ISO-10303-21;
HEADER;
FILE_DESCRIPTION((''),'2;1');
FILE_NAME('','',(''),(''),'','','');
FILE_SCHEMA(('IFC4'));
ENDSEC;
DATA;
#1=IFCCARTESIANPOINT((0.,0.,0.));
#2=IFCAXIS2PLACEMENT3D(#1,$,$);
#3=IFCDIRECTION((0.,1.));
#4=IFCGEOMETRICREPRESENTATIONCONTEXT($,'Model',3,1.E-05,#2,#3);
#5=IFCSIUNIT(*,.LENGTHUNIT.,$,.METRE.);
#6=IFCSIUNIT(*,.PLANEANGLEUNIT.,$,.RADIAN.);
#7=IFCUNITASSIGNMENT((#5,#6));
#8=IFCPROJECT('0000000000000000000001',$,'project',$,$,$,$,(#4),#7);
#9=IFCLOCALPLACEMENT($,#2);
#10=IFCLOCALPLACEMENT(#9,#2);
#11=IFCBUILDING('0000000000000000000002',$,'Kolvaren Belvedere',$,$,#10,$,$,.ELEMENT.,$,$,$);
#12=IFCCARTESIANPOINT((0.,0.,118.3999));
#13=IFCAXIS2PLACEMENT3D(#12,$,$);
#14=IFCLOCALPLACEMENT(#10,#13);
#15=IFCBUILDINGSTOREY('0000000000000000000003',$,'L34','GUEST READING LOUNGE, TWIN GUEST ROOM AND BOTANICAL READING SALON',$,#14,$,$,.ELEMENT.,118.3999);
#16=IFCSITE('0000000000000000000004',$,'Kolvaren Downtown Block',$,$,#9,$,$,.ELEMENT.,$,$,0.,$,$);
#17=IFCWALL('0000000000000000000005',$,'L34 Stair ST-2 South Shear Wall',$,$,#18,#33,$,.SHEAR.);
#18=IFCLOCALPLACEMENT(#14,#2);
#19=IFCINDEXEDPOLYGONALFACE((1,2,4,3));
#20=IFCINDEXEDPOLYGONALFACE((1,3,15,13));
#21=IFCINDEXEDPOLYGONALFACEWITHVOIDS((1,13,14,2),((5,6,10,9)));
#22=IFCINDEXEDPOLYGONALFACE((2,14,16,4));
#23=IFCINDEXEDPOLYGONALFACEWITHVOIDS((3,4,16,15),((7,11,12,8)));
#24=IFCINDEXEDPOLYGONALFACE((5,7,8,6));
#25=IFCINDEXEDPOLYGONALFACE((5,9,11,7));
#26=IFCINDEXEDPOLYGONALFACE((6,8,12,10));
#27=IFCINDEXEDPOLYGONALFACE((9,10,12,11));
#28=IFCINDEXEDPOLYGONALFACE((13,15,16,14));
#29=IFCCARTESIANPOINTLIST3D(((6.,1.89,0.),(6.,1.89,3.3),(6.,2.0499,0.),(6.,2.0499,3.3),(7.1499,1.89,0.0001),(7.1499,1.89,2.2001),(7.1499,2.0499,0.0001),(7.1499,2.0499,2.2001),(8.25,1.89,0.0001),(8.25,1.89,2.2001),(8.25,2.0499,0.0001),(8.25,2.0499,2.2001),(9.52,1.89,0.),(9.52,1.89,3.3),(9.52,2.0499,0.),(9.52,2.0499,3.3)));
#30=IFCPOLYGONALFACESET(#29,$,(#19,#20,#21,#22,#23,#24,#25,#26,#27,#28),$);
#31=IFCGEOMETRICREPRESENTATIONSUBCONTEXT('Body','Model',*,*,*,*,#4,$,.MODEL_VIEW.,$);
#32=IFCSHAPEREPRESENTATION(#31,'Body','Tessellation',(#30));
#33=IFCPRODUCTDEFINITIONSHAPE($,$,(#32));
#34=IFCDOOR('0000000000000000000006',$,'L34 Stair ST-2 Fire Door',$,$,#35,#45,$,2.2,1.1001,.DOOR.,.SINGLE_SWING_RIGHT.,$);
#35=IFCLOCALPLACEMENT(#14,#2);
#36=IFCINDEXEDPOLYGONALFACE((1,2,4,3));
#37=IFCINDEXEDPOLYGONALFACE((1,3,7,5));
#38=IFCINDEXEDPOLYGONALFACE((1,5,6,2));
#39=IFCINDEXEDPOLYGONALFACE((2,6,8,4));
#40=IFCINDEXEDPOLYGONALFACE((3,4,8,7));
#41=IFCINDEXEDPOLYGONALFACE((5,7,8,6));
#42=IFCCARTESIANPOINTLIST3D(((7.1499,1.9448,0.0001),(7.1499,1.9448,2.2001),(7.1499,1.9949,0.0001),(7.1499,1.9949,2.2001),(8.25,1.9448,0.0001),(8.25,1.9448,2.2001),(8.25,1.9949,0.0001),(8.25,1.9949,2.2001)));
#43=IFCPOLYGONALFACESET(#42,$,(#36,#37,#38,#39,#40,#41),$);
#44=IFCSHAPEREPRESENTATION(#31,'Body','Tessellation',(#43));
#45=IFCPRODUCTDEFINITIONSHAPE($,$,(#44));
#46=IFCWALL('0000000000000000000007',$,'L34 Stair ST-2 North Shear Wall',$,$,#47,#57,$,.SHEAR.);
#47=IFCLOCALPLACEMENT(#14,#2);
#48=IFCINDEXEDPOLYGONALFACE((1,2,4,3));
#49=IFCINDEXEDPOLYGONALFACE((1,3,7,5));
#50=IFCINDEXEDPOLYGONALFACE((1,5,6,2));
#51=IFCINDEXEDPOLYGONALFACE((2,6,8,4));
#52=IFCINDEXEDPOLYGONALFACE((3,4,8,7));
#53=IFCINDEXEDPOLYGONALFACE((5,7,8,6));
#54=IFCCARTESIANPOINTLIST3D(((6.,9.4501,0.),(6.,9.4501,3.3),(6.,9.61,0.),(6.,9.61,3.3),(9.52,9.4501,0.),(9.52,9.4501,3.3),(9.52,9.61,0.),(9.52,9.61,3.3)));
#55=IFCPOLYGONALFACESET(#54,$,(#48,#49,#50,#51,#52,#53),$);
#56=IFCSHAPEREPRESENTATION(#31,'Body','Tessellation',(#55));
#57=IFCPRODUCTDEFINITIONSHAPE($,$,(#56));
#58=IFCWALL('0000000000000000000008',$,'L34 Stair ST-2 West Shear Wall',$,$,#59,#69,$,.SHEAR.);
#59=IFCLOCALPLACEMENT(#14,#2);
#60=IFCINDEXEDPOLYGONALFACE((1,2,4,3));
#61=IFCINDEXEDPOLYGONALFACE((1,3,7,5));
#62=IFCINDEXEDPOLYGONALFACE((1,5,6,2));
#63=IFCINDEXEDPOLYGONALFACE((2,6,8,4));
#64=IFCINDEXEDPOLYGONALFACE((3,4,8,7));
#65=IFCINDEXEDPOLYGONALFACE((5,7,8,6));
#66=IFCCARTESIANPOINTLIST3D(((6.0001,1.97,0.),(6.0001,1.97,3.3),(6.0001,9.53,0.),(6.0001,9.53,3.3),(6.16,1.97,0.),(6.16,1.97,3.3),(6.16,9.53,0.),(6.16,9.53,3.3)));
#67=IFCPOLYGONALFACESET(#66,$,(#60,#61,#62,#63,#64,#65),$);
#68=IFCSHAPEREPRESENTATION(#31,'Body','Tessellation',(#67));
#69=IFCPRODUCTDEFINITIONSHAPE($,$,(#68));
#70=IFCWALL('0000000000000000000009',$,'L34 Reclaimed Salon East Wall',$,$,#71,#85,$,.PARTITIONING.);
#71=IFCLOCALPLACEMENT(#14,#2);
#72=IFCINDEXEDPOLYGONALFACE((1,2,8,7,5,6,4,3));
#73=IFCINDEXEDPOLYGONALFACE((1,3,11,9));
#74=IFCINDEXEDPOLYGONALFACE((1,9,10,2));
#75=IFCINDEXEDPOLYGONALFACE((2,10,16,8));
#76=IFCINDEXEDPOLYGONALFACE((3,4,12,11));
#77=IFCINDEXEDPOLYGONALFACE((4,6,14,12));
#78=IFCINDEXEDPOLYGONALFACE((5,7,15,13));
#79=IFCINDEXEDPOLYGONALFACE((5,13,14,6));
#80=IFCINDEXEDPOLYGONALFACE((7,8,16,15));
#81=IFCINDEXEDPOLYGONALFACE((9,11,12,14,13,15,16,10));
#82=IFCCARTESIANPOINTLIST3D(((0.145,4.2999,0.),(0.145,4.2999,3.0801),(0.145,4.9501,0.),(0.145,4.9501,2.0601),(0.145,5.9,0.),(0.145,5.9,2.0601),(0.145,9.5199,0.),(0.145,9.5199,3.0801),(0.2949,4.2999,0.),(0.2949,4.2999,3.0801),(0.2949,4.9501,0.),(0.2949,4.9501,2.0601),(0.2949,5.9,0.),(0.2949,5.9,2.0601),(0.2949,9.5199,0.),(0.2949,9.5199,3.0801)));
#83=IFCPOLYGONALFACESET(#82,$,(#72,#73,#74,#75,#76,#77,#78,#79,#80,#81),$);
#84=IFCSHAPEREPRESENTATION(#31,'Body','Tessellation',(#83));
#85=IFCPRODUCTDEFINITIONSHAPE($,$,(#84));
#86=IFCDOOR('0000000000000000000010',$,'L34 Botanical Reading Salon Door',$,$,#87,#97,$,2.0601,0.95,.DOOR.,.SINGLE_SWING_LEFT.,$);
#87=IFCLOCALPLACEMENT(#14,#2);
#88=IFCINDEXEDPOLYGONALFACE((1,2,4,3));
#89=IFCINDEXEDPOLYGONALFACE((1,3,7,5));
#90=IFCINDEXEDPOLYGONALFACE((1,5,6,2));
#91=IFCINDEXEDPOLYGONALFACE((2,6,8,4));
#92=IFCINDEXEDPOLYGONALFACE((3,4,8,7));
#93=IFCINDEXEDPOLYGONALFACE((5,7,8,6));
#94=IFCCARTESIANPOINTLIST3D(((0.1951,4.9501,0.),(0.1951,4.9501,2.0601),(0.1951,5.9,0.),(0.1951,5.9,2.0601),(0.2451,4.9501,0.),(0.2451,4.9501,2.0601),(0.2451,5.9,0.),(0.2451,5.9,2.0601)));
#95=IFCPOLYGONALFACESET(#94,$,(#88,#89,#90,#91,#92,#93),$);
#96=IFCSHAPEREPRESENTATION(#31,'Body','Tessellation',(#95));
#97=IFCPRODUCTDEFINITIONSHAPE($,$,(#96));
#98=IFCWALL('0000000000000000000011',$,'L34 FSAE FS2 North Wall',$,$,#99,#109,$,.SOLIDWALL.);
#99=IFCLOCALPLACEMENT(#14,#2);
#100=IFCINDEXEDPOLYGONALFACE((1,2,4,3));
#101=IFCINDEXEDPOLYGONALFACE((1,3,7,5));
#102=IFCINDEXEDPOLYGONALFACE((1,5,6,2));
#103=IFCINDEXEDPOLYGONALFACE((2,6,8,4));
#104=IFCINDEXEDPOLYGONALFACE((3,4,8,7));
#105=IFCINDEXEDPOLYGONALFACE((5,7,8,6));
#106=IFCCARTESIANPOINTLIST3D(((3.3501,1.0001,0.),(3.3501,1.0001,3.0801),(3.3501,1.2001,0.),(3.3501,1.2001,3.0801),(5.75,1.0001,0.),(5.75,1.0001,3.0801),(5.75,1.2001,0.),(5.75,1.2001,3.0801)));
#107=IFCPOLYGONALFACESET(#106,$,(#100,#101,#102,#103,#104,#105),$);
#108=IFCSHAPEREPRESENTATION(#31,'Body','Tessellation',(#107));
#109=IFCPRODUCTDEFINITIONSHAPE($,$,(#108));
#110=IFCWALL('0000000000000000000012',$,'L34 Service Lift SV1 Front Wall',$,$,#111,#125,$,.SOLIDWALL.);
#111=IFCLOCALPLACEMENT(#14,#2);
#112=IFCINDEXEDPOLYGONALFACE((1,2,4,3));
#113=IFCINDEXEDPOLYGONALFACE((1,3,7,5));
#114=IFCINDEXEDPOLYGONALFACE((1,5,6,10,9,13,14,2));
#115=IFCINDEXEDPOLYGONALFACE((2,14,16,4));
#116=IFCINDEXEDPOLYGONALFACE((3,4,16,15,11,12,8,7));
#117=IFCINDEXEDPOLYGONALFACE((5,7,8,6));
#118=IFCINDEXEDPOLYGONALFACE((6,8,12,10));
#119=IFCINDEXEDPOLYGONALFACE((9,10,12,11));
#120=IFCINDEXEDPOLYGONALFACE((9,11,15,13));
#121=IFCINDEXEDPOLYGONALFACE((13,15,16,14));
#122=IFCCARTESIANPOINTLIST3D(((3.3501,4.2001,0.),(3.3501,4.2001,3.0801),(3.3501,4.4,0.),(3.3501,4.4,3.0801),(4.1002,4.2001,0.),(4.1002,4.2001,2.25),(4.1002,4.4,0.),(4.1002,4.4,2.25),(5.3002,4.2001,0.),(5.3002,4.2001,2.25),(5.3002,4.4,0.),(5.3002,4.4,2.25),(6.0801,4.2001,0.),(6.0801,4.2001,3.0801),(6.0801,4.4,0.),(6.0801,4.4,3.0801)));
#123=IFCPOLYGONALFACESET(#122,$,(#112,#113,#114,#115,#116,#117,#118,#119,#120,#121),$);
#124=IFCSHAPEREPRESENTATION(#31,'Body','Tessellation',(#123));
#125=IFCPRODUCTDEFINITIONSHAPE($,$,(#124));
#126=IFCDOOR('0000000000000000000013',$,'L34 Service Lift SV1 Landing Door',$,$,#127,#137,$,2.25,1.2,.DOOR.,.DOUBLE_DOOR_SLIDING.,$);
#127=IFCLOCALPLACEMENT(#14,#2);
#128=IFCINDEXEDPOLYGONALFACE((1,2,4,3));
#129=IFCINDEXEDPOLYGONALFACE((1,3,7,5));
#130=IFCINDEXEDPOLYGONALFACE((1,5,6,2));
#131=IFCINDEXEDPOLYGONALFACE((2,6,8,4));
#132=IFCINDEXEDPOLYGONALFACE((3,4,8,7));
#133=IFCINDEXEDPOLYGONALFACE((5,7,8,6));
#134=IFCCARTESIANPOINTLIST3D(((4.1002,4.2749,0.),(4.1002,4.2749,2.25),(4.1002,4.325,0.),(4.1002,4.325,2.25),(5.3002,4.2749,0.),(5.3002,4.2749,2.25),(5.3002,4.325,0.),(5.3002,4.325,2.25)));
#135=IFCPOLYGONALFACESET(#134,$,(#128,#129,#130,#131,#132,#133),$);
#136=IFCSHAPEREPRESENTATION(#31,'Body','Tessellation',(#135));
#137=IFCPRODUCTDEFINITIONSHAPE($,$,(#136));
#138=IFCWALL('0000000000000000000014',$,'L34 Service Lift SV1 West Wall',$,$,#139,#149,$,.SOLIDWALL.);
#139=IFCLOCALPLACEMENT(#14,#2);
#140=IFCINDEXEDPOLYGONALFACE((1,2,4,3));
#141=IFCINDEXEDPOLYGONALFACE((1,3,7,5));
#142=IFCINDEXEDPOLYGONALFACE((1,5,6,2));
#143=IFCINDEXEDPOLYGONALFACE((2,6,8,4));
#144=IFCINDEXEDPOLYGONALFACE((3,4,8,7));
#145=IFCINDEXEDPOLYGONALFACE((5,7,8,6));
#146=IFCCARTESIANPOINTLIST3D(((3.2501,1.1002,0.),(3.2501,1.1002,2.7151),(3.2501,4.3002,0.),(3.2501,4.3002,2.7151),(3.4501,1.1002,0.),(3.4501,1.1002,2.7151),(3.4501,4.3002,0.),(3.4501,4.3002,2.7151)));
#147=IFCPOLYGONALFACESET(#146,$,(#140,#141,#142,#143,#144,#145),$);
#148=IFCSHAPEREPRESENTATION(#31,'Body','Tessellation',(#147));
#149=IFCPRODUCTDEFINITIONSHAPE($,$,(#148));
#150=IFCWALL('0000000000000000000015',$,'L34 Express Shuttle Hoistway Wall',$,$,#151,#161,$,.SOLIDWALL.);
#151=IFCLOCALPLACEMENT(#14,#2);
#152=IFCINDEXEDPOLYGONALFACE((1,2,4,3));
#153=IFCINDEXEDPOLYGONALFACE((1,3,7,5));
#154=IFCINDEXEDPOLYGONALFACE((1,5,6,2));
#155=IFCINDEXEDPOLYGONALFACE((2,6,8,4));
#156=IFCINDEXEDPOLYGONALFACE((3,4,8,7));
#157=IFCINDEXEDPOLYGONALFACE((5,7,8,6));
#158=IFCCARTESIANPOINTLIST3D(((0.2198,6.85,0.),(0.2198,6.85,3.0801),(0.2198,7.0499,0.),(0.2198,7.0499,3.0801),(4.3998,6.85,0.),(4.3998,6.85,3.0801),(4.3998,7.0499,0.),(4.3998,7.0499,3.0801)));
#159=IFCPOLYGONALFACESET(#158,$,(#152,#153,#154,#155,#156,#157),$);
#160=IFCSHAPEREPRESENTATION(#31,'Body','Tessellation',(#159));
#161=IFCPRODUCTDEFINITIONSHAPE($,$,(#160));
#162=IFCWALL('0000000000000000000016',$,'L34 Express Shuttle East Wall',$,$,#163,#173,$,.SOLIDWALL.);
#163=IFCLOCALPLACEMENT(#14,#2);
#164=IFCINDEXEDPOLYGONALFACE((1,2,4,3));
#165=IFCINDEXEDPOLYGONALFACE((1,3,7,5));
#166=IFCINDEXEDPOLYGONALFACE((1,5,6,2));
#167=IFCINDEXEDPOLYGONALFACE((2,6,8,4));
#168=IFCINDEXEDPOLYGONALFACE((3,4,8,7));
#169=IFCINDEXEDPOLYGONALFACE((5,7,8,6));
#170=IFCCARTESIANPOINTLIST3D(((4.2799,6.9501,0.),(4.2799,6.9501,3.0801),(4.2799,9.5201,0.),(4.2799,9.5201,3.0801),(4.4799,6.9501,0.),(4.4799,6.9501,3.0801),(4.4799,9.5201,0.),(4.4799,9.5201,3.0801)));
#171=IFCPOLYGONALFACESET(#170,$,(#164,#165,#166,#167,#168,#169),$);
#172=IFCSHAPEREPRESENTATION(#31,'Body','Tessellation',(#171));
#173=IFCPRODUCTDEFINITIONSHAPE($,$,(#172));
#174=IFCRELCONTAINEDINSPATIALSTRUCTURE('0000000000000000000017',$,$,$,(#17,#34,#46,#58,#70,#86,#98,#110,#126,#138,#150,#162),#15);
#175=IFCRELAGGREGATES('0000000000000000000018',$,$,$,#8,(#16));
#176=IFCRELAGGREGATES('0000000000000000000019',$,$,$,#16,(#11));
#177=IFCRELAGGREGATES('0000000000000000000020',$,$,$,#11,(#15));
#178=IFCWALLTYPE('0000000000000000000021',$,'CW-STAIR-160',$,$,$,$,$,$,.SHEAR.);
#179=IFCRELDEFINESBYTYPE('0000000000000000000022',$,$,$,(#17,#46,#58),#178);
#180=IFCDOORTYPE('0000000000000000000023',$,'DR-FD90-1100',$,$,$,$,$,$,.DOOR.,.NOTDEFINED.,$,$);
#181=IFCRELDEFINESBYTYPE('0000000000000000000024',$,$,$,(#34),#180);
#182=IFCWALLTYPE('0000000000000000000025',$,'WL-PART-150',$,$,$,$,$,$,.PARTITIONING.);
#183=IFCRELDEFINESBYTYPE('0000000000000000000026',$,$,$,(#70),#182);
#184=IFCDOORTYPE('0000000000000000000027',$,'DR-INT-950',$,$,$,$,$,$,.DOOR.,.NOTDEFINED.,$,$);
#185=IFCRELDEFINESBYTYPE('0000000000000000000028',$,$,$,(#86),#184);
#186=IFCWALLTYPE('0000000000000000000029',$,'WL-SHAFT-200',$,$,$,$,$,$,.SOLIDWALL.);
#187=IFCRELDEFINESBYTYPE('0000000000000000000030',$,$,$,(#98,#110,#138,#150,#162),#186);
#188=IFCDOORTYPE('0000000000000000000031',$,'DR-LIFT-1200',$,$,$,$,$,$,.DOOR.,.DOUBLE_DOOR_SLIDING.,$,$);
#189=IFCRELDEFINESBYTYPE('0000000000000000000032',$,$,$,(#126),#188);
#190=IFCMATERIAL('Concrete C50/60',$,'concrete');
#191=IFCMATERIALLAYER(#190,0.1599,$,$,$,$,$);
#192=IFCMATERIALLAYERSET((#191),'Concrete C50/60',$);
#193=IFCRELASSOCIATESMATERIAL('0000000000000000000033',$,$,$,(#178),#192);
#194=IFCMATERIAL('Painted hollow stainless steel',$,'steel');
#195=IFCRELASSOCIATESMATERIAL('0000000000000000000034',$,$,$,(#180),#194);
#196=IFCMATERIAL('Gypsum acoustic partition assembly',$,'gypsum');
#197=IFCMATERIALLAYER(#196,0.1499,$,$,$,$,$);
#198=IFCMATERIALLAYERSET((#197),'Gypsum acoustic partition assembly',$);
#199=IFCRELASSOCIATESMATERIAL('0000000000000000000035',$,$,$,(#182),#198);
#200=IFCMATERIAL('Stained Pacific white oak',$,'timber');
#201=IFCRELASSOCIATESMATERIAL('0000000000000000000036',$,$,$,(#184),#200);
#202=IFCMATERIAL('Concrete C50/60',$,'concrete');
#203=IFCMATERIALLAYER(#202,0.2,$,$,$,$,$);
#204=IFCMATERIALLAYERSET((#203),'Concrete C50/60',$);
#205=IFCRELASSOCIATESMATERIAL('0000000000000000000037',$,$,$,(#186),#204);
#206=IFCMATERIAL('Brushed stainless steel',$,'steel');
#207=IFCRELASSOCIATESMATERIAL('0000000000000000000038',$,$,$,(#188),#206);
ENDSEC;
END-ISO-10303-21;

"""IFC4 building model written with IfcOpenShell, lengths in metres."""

from ifc_helpers import new_model, si_unit, direction, frame, frame_2d, origin, place, context, subcontext, project, spatial, rectangle, extrude, material, layer, layer_set, type_object, element, fill, save


model = new_model("IFC4")

# Units and contexts
model_context = context("Model", 3, precision=1e-05, world=origin(), true_north=direction((0.0, 1.0)))
body_context = subcontext(model_context, "Body", "Model", "MODEL_VIEW")
ifc_project = project(units=[si_unit("LENGTHUNIT", "METRE"), si_unit("PLANEANGLEUNIT", "RADIAN")], contexts=[model_context])

# Site, building, storey
site_placement = place(None, origin())
site = spatial("IfcSite", under=ifc_project, at=site_placement, Name="Kolvaren Downtown Block", CompositionType="ELEMENT", RefElevation=0.0)
building_placement = place(site_placement, origin())
building = spatial("IfcBuilding", under=site, at=building_placement, Name="Kolvaren Belvedere", CompositionType="ELEMENT")
storey_placement = place(building_placement, frame((0.0, 0.0, 118.3999)))
storey = spatial("IfcBuildingStorey", under=building, at=storey_placement, Name="L34", Description="GUEST READING LOUNGE, TWIN GUEST ROOM AND BOTANICAL READING SALON", CompositionType="ELEMENT", Elevation=118.3999)

# Wall, opening, door
ifc_material_1 = material(Name="Concrete C50/60", Category="concrete")
ifc_layer_1 = layer(ifc_material_1, 0.1599)
ifc_layer_set_1 = layer_set([ifc_layer_1], Name="Concrete C50/60")
wall_type_1 = type_object("IfcWallType", Name="CW-STAIR-160", PredefinedType="SHEAR", material=ifc_layer_set_1)
wall_1_placement = place(storey_placement, frame((6.0, 1.97, 0.0), z_axis=(0.0, 0.0, 1.0), x_axis=(1.0, 0.0, 0.0)))
wall_1 = element("IfcWall", 1, at=wall_1_placement, inside=storey, type_object=wall_type_1, Name="L34 Stair ST-2 South Shear Wall", PredefinedType="SHEAR", context=body_context, shape_type="SweptSolid", body=[
    extrude(rectangle(XDim=3.52, YDim=0.1599, at=frame_2d((1.76, 0.0))), origin(), (0.0, 0.0, 1.0), 3.3),
])
opening_1_placement = place(wall_1_placement, frame((1.1499, 0.0, 0.0)))
opening_1 = element("IfcOpeningElement", 2, at=opening_1_placement, cuts=wall_1, PredefinedType="OPENING", context=body_context, shape_type="SweptSolid", body=[
    extrude(rectangle(XDim=1.1001, YDim=2.2, at=frame_2d((0.55, 1.1001))), frame((0.0, 0.0898, 0.0), z_axis=(0.0, -1.0, 0.0), x_axis=(1.0, 0.0, 0.0)), (0.0, 0.0, 1.0), 0.1799),
])
ifc_material_2 = material(Name="Painted hollow stainless steel", Category="steel")
door_type_1 = type_object("IfcDoorType", Name="DR-FD90-1100", OperationType="NOTDEFINED", PredefinedType="DOOR", material=ifc_material_2)
door_1_placement = place(opening_1_placement, origin())
door_1 = element("IfcDoor", 3, at=door_1_placement, inside=storey, type_object=door_type_1, Name="L34 Stair ST-2 Fire Door", OperationType="SINGLE_SWING_RIGHT", OverallHeight=2.2, OverallWidth=1.1001, PredefinedType="DOOR", context=body_context, shape_type="SweptSolid", body=[
    extrude(rectangle(XDim=1.1001, YDim=2.2, at=frame_2d((0.55, 1.1001))), frame((0.0, 0.0249, 0.0), z_axis=(0.0, -1.0, 0.0), x_axis=(1.0, 0.0, 0.0)), (0.0, 0.0, 1.0), 0.05),
])
fill(opening_1, door_1)

# Walls
wall_2_placement = place(storey_placement, frame((6.0, 9.53, 0.0), z_axis=(0.0, 0.0, 1.0), x_axis=(1.0, 0.0, 0.0)))
element("IfcWall", 4, at=wall_2_placement, inside=storey, type_object=wall_type_1, Name="L34 Stair ST-2 North Shear Wall", PredefinedType="SHEAR", context=body_context, shape_type="SweptSolid", body=[
    extrude(rectangle(XDim=3.52, YDim=0.1599, at=frame_2d((1.76, 0.0))), origin(), (0.0, 0.0, 1.0), 3.3),
])
wall_3_placement = place(storey_placement, frame((6.0801, 1.97, 0.0), z_axis=(0.0, 0.0, 1.0), x_axis=(0.0, 1.0, 0.0)))
element("IfcWall", 5, at=wall_3_placement, inside=storey, type_object=wall_type_1, Name="L34 Stair ST-2 West Shear Wall", PredefinedType="SHEAR", context=body_context, shape_type="SweptSolid", body=[
    extrude(rectangle(XDim=7.5601, YDim=0.1599, at=frame_2d((3.78, 0.0))), origin(), (0.0, 0.0, 1.0), 3.3),
])

# Wall, opening, door
ifc_material_3 = material(Name="Gypsum acoustic partition assembly", Category="gypsum")
ifc_layer_2 = layer(ifc_material_3, 0.1499)
ifc_layer_set_2 = layer_set([ifc_layer_2], Name="Gypsum acoustic partition assembly")
wall_type_2 = type_object("IfcWallType", Name="WL-PART-150", PredefinedType="PARTITIONING", material=ifc_layer_set_2)
wall_4_placement = place(storey_placement, frame((0.22, 4.3, 0.0), z_axis=(0.0, 0.0, 1.0), x_axis=(0.0, 1.0, 0.0)))
wall_4 = element("IfcWall", 6, at=wall_4_placement, inside=storey, type_object=wall_type_2, Name="L34 Reclaimed Salon East Wall", PredefinedType="PARTITIONING", context=body_context, shape_type="SweptSolid", body=[
    extrude(rectangle(XDim=5.22, YDim=0.1499, at=frame_2d((2.6099, 0.0))), origin(), (0.0, 0.0, 1.0), 3.0801),
])
opening_2_placement = place(wall_4_placement, frame((0.6499, 0.0, 0.0)))
opening_2 = element("IfcOpeningElement", 7, at=opening_2_placement, cuts=wall_4, PredefinedType="OPENING", context=body_context, shape_type="SweptSolid", body=[
    extrude(rectangle(XDim=0.95, YDim=2.0601, at=frame_2d((0.4751, 1.03))), frame((0.0, 0.085, 0.0), z_axis=(0.0, -1.0, 0.0), x_axis=(1.0, 0.0, 0.0)), (0.0, 0.0, 1.0), 0.1699),
])
ifc_material_4 = material(Name="Stained Pacific white oak", Category="timber")
door_type_2 = type_object("IfcDoorType", Name="DR-INT-950", OperationType="NOTDEFINED", PredefinedType="DOOR", material=ifc_material_4)
door_2_placement = place(opening_2_placement, origin())
door_2 = element("IfcDoor", 8, at=door_2_placement, inside=storey, type_object=door_type_2, Name="L34 Botanical Reading Salon Door", OperationType="SINGLE_SWING_LEFT", OverallHeight=2.0601, OverallWidth=0.95, PredefinedType="DOOR", context=body_context, shape_type="SweptSolid", body=[
    extrude(rectangle(XDim=0.95, YDim=2.0601, at=frame_2d((0.4751, 1.03))), frame((0.0, 0.0249, 0.0), z_axis=(0.0, -1.0, 0.0), x_axis=(1.0, 0.0, 0.0)), (0.0, 0.0, 1.0), 0.05),
])
fill(opening_2, door_2)

# Wall
ifc_material_5 = material(Name="Concrete C50/60", Category="concrete")
ifc_layer_3 = layer(ifc_material_5, 0.2)
ifc_layer_set_3 = layer_set([ifc_layer_3], Name="Concrete C50/60")
wall_type_3 = type_object("IfcWallType", Name="WL-SHAFT-200", PredefinedType="SOLIDWALL", material=ifc_layer_set_3)
wall_5_placement = place(storey_placement, frame((3.3501, 1.1001, 0.0), z_axis=(0.0, 0.0, 1.0), x_axis=(1.0, 0.0, 0.0)))
element("IfcWall", 9, at=wall_5_placement, inside=storey, type_object=wall_type_3, Name="L34 FSAE FS2 North Wall", PredefinedType="SOLIDWALL", context=body_context, shape_type="SweptSolid", body=[
    extrude(rectangle(XDim=2.3999, YDim=0.2, at=frame_2d((1.2, 0.0))), origin(), (0.0, 0.0, 1.0), 3.0801),
])

# Wall, opening, door
wall_6_placement = place(storey_placement, frame((3.3501, 4.3, 0.0), z_axis=(0.0, 0.0, 1.0), x_axis=(1.0, 0.0, 0.0)))
wall_6 = element("IfcWall", 10, at=wall_6_placement, inside=storey, type_object=wall_type_3, Name="L34 Service Lift SV1 Front Wall", PredefinedType="SOLIDWALL", context=body_context, shape_type="SweptSolid", body=[
    extrude(rectangle(XDim=2.73, YDim=0.2, at=frame_2d((1.365, 0.0))), origin(), (0.0, 0.0, 1.0), 3.0801),
])
opening_3_placement = place(wall_6_placement, frame((0.75, 0.0, 0.0)))
opening_3 = element("IfcOpeningElement", 11, at=opening_3_placement, cuts=wall_6, PredefinedType="OPENING", context=body_context, shape_type="SweptSolid", body=[
    extrude(rectangle(XDim=1.2, YDim=2.25, at=frame_2d((0.6001, 1.125))), frame((0.0, 0.1099, 0.0), z_axis=(0.0, -1.0, 0.0), x_axis=(1.0, 0.0, 0.0)), (0.0, 0.0, 1.0), 0.22),
])
ifc_material_6 = material(Name="Brushed stainless steel", Category="steel")
door_type_3 = type_object("IfcDoorType", Name="DR-LIFT-1200", OperationType="DOUBLE_DOOR_SLIDING", PredefinedType="DOOR", material=ifc_material_6)
door_3_placement = place(opening_3_placement, origin())
door_3 = element("IfcDoor", 12, at=door_3_placement, inside=storey, type_object=door_type_3, Name="L34 Service Lift SV1 Landing Door", OperationType="DOUBLE_DOOR_SLIDING", OverallHeight=2.25, OverallWidth=1.2, PredefinedType="DOOR", context=body_context, shape_type="SweptSolid", body=[
    extrude(rectangle(XDim=1.2, YDim=2.25, at=frame_2d((0.6001, 1.125))), frame((0.0, 0.0249, 0.0), z_axis=(0.0, -1.0, 0.0), x_axis=(1.0, 0.0, 0.0)), (0.0, 0.0, 1.0), 0.05),
])
fill(opening_3, door_3)

# Walls
wall_7_placement = place(storey_placement, frame((3.3501, 1.1001, 0.0), z_axis=(0.0, 0.0, 1.0), x_axis=(0.0, 1.0, 0.0)))
element("IfcWall", 13, at=wall_7_placement, inside=storey, type_object=wall_type_3, Name="L34 Service Lift SV1 West Wall", PredefinedType="SOLIDWALL", context=body_context, shape_type="SweptSolid", body=[
    extrude(rectangle(XDim=3.2, YDim=0.2, at=frame_2d((1.6001, 0.0))), origin(), (0.0, 0.0, 1.0), 2.7151),
])
wall_8_placement = place(storey_placement, frame((0.22, 6.95, 0.0), z_axis=(0.0, 0.0, 1.0), x_axis=(1.0, 0.0, 0.0)))
element("IfcWall", 14, at=wall_8_placement, inside=storey, type_object=wall_type_3, Name="L34 Express Shuttle Hoistway Wall", PredefinedType="SOLIDWALL", context=body_context, shape_type="SweptSolid", body=[
    extrude(rectangle(XDim=4.1799, YDim=0.2, at=frame_2d((2.0898, 0.0))), origin(), (0.0, 0.0, 1.0), 3.0801),
])
for number, where, z_axis, x_axis, name in (
    (15, (4.3799, 6.95, 0.0), (0.0, 0.0, 1.0), (0.0, 1.0, 0.0), "L34 Express Shuttle East Wall"),
):
    element("IfcWall", number, at=place(storey_placement, frame(where, z_axis=z_axis, x_axis=x_axis)), inside=storey, type_object=wall_type_3, Name=name, PredefinedType="SOLIDWALL", context=body_context, shape_type="SweptSolid", body=[
        extrude(rectangle(XDim=2.5701, YDim=0.2, at=frame_2d((1.2852, 0.0))), origin(), (0.0, 0.0, 1.0), 3.0801),
    ])

save(model, "model.ifc")
